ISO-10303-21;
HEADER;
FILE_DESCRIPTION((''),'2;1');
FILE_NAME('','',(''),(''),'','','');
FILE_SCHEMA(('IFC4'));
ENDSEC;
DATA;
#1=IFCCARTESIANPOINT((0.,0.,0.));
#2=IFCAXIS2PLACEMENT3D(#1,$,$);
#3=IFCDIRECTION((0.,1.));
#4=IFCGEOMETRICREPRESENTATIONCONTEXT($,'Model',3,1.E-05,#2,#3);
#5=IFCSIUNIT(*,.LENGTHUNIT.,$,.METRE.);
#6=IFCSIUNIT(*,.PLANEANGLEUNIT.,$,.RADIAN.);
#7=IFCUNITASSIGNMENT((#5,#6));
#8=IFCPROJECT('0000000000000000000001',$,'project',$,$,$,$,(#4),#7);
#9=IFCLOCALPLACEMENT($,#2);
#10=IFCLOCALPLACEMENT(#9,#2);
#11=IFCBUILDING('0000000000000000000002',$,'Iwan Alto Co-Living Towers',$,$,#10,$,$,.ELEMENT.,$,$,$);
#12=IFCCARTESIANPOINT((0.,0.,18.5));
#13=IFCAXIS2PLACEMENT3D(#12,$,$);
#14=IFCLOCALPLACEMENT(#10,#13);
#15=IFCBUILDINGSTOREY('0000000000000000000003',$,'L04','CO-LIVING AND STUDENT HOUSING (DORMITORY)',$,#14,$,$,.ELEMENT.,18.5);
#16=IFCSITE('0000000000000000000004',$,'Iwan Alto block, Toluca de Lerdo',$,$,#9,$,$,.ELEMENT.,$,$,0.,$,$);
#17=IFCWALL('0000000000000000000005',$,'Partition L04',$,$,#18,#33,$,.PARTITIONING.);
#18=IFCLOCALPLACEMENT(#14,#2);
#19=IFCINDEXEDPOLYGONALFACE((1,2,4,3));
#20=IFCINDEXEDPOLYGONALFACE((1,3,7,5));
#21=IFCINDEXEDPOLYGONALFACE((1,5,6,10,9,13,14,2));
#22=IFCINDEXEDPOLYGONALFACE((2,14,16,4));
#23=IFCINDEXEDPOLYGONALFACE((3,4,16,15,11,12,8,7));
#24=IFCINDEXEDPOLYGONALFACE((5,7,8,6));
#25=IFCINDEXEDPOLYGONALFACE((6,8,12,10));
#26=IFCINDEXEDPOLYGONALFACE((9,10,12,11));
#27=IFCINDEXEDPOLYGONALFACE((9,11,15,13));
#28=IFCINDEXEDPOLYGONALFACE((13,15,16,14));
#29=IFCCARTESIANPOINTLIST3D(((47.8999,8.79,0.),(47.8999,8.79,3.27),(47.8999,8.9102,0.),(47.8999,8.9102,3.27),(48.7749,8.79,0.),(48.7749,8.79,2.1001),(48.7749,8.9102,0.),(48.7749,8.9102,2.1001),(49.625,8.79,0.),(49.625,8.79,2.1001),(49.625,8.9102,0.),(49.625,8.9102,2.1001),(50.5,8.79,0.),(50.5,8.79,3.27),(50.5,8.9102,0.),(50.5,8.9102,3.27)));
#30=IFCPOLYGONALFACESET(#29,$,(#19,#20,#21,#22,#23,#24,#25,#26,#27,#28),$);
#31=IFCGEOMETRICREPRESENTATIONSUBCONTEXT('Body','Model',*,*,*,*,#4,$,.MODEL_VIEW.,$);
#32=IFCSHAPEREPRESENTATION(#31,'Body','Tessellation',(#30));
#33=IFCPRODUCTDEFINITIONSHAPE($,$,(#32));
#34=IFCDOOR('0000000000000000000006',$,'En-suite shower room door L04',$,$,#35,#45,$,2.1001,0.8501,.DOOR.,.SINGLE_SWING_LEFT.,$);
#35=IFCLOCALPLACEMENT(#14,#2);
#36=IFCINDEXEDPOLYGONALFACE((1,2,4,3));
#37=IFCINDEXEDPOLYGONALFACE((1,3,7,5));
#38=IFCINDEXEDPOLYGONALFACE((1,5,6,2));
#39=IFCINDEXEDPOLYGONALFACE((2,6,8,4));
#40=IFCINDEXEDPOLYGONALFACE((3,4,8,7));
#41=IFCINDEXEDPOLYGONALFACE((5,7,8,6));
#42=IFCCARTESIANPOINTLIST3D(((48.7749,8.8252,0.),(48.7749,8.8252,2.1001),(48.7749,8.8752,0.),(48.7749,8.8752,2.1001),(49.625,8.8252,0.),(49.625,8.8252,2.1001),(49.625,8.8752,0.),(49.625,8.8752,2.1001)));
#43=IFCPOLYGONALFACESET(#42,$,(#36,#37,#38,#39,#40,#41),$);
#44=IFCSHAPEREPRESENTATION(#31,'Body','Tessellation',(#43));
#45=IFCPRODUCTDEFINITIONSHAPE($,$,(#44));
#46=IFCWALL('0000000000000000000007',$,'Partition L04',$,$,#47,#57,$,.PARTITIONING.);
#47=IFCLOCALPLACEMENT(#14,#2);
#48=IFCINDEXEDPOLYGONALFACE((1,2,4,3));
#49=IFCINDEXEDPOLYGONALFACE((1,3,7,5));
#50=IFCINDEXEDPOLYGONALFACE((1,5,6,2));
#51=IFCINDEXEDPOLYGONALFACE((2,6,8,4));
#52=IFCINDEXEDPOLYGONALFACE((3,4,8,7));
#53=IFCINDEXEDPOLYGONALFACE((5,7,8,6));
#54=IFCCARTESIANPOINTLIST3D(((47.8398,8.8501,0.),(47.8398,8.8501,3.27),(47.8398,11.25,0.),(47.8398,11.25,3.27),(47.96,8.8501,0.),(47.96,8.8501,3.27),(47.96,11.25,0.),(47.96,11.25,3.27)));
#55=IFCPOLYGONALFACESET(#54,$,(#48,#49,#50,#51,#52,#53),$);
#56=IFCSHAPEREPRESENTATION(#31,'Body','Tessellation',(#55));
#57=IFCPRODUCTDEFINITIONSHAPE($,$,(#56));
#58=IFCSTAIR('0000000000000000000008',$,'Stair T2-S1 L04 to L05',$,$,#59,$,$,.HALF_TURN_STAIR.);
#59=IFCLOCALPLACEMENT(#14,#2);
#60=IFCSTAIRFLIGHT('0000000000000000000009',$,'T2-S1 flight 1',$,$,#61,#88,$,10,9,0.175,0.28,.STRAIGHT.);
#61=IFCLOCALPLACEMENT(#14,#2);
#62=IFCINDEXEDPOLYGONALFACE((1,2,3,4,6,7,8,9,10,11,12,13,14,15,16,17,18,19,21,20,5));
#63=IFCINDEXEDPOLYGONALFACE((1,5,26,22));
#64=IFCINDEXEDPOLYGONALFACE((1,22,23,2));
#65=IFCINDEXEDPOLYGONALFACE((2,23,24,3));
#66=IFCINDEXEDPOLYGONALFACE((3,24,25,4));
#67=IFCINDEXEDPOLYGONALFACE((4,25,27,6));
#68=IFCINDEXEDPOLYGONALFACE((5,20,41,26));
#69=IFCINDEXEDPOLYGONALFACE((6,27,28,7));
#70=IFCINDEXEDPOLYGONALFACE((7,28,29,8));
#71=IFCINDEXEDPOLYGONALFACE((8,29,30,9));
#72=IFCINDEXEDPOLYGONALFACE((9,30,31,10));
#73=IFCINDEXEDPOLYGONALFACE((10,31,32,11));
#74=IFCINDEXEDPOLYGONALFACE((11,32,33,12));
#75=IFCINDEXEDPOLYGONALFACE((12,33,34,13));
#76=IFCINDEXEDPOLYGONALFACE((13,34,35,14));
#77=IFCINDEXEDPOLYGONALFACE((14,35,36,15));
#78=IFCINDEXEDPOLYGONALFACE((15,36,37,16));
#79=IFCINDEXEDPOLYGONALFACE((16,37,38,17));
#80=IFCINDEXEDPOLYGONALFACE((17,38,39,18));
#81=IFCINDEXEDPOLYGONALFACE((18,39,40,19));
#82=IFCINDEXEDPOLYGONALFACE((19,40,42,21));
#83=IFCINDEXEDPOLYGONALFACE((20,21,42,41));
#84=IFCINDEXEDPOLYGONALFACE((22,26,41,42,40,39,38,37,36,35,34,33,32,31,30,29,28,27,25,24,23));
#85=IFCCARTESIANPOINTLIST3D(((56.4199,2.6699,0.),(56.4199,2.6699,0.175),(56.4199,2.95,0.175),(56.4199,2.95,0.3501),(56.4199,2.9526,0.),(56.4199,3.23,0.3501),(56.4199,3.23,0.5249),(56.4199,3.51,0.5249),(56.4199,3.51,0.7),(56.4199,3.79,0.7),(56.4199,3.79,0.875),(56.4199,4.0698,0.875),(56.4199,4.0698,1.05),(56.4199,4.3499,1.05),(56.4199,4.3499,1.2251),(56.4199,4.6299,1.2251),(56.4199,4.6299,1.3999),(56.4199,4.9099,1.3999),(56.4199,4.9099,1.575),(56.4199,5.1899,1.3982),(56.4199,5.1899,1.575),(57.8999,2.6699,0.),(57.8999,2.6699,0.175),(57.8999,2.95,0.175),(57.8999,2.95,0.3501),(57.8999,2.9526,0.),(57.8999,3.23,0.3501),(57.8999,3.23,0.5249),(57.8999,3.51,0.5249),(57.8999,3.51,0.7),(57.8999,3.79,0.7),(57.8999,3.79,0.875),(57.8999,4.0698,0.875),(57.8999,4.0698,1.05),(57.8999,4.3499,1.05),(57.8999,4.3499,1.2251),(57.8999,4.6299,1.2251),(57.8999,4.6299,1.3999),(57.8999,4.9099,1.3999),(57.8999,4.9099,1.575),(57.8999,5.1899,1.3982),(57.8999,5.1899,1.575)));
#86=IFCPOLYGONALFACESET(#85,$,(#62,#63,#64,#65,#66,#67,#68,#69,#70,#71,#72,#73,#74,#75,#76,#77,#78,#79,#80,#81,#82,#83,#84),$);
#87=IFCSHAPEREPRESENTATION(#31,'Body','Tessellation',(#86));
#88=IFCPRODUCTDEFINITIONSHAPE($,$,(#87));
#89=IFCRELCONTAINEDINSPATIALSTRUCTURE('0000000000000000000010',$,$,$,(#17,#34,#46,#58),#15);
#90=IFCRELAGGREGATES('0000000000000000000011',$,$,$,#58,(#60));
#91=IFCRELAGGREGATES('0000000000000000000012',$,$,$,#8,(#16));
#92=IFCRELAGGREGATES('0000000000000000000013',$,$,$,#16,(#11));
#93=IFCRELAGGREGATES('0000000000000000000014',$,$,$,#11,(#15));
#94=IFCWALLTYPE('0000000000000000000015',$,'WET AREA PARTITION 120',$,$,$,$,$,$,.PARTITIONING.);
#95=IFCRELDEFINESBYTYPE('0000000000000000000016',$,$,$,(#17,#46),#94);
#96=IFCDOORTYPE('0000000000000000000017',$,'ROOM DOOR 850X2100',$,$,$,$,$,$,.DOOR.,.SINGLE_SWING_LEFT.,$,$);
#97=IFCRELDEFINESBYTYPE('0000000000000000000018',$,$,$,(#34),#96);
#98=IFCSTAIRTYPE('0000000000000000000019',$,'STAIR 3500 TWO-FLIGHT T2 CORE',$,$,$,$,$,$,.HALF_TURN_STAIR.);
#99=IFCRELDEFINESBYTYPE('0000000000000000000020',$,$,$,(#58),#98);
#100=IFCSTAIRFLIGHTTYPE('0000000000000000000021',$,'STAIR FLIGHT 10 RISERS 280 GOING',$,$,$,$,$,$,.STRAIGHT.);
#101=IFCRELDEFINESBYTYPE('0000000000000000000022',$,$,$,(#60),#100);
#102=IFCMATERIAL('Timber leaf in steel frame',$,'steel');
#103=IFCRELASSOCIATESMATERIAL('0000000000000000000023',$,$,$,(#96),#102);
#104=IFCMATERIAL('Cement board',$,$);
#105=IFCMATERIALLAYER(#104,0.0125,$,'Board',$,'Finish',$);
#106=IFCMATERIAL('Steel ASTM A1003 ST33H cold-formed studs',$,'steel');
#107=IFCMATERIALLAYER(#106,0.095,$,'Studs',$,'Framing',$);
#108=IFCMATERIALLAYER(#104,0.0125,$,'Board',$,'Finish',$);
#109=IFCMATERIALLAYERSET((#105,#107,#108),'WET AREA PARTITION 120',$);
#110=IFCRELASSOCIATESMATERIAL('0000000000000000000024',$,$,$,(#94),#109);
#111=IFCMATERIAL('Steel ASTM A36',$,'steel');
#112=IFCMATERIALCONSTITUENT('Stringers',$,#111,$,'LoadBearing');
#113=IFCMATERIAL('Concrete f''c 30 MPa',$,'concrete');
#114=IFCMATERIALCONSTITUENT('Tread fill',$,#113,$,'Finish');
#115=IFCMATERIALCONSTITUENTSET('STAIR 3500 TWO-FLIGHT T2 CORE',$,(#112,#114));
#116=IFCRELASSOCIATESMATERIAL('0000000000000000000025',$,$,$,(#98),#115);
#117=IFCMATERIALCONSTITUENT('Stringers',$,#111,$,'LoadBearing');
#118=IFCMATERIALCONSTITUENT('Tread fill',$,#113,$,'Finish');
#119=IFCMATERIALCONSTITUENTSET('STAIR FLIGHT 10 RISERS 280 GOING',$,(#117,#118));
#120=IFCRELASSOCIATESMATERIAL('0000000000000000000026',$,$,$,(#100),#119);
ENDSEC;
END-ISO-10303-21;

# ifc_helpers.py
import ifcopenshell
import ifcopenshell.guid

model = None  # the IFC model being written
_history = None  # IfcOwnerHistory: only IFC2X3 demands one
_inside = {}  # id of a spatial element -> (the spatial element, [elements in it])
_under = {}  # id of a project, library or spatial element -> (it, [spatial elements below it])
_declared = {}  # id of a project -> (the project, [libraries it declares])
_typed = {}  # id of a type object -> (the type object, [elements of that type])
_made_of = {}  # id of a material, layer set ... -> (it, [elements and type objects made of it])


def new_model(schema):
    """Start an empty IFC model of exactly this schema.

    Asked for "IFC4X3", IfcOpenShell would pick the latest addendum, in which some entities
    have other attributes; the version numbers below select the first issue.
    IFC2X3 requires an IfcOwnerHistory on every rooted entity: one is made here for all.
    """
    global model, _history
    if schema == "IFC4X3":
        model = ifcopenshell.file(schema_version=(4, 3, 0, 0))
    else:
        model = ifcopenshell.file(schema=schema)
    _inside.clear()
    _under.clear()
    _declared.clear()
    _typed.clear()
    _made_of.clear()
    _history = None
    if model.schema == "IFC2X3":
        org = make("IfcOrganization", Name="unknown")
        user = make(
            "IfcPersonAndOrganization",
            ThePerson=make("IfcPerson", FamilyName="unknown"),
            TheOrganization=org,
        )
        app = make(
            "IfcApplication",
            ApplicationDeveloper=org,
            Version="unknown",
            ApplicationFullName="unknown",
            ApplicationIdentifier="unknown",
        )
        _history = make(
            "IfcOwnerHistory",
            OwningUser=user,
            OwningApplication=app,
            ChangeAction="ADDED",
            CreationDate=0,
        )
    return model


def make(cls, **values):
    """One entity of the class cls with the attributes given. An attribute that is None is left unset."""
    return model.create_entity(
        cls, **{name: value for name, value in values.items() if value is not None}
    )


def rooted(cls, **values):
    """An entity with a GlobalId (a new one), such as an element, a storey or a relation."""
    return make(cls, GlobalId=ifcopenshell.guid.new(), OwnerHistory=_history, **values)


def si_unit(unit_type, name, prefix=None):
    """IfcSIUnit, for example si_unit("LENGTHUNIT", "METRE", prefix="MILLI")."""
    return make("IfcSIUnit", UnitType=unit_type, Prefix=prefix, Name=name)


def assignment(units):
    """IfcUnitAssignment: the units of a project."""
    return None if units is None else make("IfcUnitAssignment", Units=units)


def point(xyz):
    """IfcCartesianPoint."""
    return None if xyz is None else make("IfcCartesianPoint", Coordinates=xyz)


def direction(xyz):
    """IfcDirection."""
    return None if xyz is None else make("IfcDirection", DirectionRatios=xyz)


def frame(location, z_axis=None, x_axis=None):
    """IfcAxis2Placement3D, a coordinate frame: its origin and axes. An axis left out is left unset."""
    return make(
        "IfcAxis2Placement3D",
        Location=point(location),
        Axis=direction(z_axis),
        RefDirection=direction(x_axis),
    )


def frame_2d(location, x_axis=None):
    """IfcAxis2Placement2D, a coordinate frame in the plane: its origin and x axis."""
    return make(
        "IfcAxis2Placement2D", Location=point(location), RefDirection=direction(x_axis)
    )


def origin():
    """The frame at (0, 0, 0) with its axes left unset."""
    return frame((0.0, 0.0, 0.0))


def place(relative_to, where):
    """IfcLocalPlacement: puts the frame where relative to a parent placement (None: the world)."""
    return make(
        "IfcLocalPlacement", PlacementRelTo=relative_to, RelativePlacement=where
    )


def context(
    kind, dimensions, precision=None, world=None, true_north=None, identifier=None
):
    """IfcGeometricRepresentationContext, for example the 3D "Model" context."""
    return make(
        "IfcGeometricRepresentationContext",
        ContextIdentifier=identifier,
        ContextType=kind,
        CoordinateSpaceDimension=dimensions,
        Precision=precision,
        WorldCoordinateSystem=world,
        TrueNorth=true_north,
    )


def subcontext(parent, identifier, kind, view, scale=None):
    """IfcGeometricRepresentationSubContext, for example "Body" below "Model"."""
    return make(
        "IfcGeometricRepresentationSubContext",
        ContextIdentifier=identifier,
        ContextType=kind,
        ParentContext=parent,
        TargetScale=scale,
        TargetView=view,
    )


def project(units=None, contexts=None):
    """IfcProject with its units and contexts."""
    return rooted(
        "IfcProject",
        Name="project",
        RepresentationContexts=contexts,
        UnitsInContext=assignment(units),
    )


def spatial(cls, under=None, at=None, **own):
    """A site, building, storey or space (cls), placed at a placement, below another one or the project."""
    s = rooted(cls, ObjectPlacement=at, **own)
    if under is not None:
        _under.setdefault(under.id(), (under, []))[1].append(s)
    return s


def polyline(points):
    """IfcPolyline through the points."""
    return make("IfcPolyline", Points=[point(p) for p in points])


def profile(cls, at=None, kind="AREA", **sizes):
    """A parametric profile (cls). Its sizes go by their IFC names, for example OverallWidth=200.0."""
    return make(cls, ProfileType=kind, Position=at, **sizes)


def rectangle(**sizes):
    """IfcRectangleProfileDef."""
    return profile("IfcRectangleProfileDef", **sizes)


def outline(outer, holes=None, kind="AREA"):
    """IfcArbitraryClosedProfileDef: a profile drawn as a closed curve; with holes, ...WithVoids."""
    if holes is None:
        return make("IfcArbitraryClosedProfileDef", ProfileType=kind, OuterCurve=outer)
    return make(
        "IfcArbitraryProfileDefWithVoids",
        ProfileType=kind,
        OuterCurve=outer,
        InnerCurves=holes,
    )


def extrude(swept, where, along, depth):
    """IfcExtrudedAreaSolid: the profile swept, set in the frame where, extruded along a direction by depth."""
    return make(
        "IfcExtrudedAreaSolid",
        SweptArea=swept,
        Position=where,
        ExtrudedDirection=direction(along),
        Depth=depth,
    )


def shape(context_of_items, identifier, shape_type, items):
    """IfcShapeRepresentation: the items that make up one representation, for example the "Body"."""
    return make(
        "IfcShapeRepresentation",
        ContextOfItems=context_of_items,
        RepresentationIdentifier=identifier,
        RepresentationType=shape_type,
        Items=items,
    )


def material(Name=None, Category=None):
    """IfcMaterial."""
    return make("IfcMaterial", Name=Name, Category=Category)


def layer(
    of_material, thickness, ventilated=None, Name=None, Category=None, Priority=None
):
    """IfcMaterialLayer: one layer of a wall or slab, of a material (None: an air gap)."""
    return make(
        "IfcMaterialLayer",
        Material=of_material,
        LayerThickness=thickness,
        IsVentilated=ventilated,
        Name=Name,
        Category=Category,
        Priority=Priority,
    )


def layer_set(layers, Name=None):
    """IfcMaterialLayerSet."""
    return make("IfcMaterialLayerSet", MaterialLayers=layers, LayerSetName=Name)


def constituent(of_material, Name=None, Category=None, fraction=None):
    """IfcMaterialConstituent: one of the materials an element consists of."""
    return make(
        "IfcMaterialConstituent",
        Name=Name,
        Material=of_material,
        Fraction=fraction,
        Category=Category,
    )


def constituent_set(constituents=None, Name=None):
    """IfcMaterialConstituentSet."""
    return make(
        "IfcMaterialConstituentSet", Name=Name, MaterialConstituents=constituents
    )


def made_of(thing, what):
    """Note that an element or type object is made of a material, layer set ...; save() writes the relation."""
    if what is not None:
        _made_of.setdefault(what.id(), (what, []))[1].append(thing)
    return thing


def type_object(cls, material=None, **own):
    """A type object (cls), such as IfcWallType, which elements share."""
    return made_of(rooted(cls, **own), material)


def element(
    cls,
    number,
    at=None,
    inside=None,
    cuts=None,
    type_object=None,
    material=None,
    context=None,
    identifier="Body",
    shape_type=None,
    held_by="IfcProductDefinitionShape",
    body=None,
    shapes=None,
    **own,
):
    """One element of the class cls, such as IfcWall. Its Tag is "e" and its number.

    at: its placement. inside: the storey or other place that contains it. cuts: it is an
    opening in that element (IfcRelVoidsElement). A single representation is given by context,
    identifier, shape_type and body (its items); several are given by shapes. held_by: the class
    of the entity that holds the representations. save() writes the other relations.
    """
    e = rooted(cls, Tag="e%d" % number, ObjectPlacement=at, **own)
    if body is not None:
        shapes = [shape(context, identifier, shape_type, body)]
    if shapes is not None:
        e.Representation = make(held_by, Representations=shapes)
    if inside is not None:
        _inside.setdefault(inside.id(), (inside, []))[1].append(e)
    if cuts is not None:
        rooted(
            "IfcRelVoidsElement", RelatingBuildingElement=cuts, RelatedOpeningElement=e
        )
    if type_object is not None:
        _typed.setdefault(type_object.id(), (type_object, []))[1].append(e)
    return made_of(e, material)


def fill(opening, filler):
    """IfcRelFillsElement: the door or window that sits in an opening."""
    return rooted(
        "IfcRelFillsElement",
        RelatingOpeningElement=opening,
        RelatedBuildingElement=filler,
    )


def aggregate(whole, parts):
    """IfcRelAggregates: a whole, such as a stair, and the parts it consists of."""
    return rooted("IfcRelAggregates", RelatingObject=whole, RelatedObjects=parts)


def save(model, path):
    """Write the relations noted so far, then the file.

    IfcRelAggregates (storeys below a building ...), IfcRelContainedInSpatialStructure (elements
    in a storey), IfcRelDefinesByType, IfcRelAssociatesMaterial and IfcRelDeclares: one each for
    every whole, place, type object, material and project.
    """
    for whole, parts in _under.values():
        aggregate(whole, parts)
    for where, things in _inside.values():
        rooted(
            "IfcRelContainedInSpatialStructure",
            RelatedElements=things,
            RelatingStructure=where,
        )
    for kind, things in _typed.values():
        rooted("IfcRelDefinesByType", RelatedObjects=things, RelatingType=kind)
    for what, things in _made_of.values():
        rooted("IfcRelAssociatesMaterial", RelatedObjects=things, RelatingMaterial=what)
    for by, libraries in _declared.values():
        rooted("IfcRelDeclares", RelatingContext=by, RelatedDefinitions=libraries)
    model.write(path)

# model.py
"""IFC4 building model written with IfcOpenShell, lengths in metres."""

from ifc_helpers import new_model, si_unit, direction, frame, frame_2d, origin, place, context, subcontext, project, spatial, polyline, rectangle, outline, extrude, material, layer, layer_set, constituent, constituent_set, type_object, element, fill, aggregate, save


model = new_model("IFC4")

# Units and contexts
model_context = context("Model", 3, precision=1e-05, world=origin(), true_north=direction((0.0, 1.0)))
body_context = subcontext(model_context, "Body", "Model", "MODEL_VIEW")
ifc_project = project(units=[si_unit("LENGTHUNIT", "METRE"), si_unit("PLANEANGLEUNIT", "RADIAN")], contexts=[model_context])

# Site, building, storey
site_placement = place(None, origin())
site = spatial("IfcSite", under=ifc_project, at=site_placement, Name="Iwan Alto block, Toluca de Lerdo", CompositionType="ELEMENT", RefElevation=0.0)
building_placement = place(site_placement, origin())
building = spatial("IfcBuilding", under=site, at=building_placement, Name="Iwan Alto Co-Living Towers", CompositionType="ELEMENT")
storey_placement = place(building_placement, frame((0.0, 0.0, 18.5)))
storey = spatial("IfcBuildingStorey", under=building, at=storey_placement, Name="L04", Description="CO-LIVING AND STUDENT HOUSING (DORMITORY)", CompositionType="ELEMENT", Elevation=18.5)

# Shared definitions
ifc_material_1 = material(Name="Steel ASTM A1003 ST33H cold-formed studs", Category="steel")
ifc_material_2 = material(Name="Timber leaf in steel frame", Category="steel")
door_type_1 = type_object("IfcDoorType", Name="ROOM DOOR 850X2100", OperationType="SINGLE_SWING_LEFT", PredefinedType="DOOR", material=ifc_material_2)

# Shared definitions
ifc_material_3 = material(Name="Cement board")
ifc_layer_1 = layer(ifc_material_3, 0.0125, Name="Board", Category="Finish")
ifc_layer_2 = layer(ifc_material_1, 0.095, Name="Studs", Category="Framing")
ifc_layer_3 = layer(ifc_material_3, 0.0125, Name="Board", Category="Finish")
ifc_layer_set_1 = layer_set([ifc_layer_1, ifc_layer_2, ifc_layer_3], Name="WET AREA PARTITION 120")
wall_type_1 = type_object("IfcWallType", Name="WET AREA PARTITION 120", PredefinedType="PARTITIONING", material=ifc_layer_set_1)

# Wall, opening, door
wall_1_placement = place(storey_placement, frame((47.8999, 8.8501, 0.0), z_axis=(0.0, 0.0, 1.0), x_axis=(1.0, 0.0, 0.0)))
wall_1 = element("IfcWall", 1, at=wall_1_placement, inside=storey, type_object=wall_type_1, Name="Partition L04", PredefinedType="PARTITIONING", context=body_context, shape_type="SweptSolid", body=[
    extrude(rectangle(XDim=2.6001, YDim=0.1201, at=frame_2d((1.3, 0.0))), origin(), (0.0, 0.0, 1.0), 3.27),
])
opening_1_placement = place(wall_1_placement, frame((0.875, 0.0, 0.0)))
opening_1 = element("IfcOpeningElement", 2, at=opening_1_placement, cuts=wall_1, PredefinedType="OPENING", context=body_context, shape_type="SweptSolid", body=[
    extrude(rectangle(XDim=0.8501, YDim=2.1001, at=frame_2d((0.425, 1.05))), frame((0.0, 0.0701, 0.0), z_axis=(0.0, -1.0, 0.0), x_axis=(1.0, 0.0, 0.0)), (0.0, 0.0, 1.0), 0.1401),
])
door_1_placement = place(opening_1_placement, frame((0.8501, 0.0, 0.0), z_axis=(0.0, 0.0, 1.0), x_axis=(-1.0, 0.0, 0.0)))
door_1 = element("IfcDoor", 3, at=door_1_placement, inside=storey, type_object=door_type_1, Name="En-suite shower room door L04", OperationType="SINGLE_SWING_LEFT", OverallHeight=2.1001, OverallWidth=0.8501, PredefinedType="DOOR", context=body_context, shape_type="SweptSolid", body=[
    extrude(rectangle(XDim=0.8501, YDim=2.1001, at=frame_2d((0.425, 1.05))), frame((0.0, 0.0249, 0.0), z_axis=(0.0, -1.0, 0.0), x_axis=(1.0, 0.0, 0.0)), (0.0, 0.0, 1.0), 0.05),
])
fill(opening_1, door_1)

# Wall
wall_2_placement = place(storey_placement, frame((47.8999, 8.8501, 0.0), z_axis=(0.0, 0.0, 1.0), x_axis=(0.0, 1.0, 0.0)))
element("IfcWall", 4, at=wall_2_placement, inside=storey, type_object=wall_type_1, Name="Partition L04", PredefinedType="PARTITIONING", context=body_context, shape_type="SweptSolid", body=[
    extrude(rectangle(XDim=2.3999, YDim=0.1201, at=frame_2d((1.2, 0.0))), origin(), (0.0, 0.0, 1.0), 3.27),
])

# Stair, stair flight
ifc_material_4 = material(Name="Steel ASTM A36", Category="steel")
ifc_constituent_1 = constituent(ifc_material_4, Name="Stringers", Category="LoadBearing")
ifc_material_5 = material(Name="Concrete f'c 30 MPa", Category="concrete")
ifc_constituent_2 = constituent(ifc_material_5, Name="Tread fill", Category="Finish")
ifc_constituent_set_1 = constituent_set(constituents=[ifc_constituent_1, ifc_constituent_2], Name="STAIR 3500 TWO-FLIGHT T2 CORE")
stair_type = type_object("IfcStairType", Name="STAIR 3500 TWO-FLIGHT T2 CORE", PredefinedType="HALF_TURN_STAIR", material=ifc_constituent_set_1)
stair_placement = place(storey_placement, origin())
stair = element("IfcStair", 5, at=stair_placement, inside=storey, type_object=stair_type, Name="Stair T2-S1 L04 to L05", PredefinedType="HALF_TURN_STAIR")
ifc_constituent_3 = constituent(ifc_material_4, Name="Stringers", Category="LoadBearing")
ifc_constituent_4 = constituent(ifc_material_5, Name="Tread fill", Category="Finish")
ifc_constituent_set_2 = constituent_set(constituents=[ifc_constituent_3, ifc_constituent_4], Name="STAIR FLIGHT 10 RISERS 280 GOING")
stair_flight_type = type_object("IfcStairFlightType", Name="STAIR FLIGHT 10 RISERS 280 GOING", PredefinedType="STRAIGHT", material=ifc_constituent_set_2)
stair_flight_placement = place(storey_placement, frame((57.1599, 2.6699, 0.0), z_axis=(0.0, 0.0, 1.0), x_axis=(0.0, 1.0, 0.0)))
stair_flight = element("IfcStairFlight", 6, at=stair_flight_placement, type_object=stair_flight_type, Name="T2-S1 flight 1", NumberOfRisers=10, NumberOfTreads=9, PredefinedType="STRAIGHT", RiserHeight=0.175, TreadLength=0.28, context=body_context, shape_type="SweptSolid", body=[
    extrude(outline(polyline([(0.0, 0.0), (0.0, 0.175), (0.28, 0.175), (0.28, 0.3501), (0.5601, 0.3501), (0.5601, 0.5249), (0.8401, 0.5249), (0.8401, 0.7), (1.1201, 0.7), (1.1201, 0.875), (1.3999, 0.875), (1.3999, 1.05), (1.6799, 1.05), (1.6799, 1.2251), (1.96, 1.2251), (1.96, 1.3999), (2.24, 1.3999), (2.24, 1.575), (2.52, 1.575), (2.52, 1.75), (2.52, 1.3982), (0.2827, 0.0), (0.0, 0.0)])), frame((0.0, 0.74, 0.0), z_axis=(0.0, -1.0, 0.0), x_axis=(1.0, 0.0, 0.0)), (0.0, 0.0, 1.0), 1.48),
])
aggregate(stair, [stair_flight])

save(model, "model.ifc")
